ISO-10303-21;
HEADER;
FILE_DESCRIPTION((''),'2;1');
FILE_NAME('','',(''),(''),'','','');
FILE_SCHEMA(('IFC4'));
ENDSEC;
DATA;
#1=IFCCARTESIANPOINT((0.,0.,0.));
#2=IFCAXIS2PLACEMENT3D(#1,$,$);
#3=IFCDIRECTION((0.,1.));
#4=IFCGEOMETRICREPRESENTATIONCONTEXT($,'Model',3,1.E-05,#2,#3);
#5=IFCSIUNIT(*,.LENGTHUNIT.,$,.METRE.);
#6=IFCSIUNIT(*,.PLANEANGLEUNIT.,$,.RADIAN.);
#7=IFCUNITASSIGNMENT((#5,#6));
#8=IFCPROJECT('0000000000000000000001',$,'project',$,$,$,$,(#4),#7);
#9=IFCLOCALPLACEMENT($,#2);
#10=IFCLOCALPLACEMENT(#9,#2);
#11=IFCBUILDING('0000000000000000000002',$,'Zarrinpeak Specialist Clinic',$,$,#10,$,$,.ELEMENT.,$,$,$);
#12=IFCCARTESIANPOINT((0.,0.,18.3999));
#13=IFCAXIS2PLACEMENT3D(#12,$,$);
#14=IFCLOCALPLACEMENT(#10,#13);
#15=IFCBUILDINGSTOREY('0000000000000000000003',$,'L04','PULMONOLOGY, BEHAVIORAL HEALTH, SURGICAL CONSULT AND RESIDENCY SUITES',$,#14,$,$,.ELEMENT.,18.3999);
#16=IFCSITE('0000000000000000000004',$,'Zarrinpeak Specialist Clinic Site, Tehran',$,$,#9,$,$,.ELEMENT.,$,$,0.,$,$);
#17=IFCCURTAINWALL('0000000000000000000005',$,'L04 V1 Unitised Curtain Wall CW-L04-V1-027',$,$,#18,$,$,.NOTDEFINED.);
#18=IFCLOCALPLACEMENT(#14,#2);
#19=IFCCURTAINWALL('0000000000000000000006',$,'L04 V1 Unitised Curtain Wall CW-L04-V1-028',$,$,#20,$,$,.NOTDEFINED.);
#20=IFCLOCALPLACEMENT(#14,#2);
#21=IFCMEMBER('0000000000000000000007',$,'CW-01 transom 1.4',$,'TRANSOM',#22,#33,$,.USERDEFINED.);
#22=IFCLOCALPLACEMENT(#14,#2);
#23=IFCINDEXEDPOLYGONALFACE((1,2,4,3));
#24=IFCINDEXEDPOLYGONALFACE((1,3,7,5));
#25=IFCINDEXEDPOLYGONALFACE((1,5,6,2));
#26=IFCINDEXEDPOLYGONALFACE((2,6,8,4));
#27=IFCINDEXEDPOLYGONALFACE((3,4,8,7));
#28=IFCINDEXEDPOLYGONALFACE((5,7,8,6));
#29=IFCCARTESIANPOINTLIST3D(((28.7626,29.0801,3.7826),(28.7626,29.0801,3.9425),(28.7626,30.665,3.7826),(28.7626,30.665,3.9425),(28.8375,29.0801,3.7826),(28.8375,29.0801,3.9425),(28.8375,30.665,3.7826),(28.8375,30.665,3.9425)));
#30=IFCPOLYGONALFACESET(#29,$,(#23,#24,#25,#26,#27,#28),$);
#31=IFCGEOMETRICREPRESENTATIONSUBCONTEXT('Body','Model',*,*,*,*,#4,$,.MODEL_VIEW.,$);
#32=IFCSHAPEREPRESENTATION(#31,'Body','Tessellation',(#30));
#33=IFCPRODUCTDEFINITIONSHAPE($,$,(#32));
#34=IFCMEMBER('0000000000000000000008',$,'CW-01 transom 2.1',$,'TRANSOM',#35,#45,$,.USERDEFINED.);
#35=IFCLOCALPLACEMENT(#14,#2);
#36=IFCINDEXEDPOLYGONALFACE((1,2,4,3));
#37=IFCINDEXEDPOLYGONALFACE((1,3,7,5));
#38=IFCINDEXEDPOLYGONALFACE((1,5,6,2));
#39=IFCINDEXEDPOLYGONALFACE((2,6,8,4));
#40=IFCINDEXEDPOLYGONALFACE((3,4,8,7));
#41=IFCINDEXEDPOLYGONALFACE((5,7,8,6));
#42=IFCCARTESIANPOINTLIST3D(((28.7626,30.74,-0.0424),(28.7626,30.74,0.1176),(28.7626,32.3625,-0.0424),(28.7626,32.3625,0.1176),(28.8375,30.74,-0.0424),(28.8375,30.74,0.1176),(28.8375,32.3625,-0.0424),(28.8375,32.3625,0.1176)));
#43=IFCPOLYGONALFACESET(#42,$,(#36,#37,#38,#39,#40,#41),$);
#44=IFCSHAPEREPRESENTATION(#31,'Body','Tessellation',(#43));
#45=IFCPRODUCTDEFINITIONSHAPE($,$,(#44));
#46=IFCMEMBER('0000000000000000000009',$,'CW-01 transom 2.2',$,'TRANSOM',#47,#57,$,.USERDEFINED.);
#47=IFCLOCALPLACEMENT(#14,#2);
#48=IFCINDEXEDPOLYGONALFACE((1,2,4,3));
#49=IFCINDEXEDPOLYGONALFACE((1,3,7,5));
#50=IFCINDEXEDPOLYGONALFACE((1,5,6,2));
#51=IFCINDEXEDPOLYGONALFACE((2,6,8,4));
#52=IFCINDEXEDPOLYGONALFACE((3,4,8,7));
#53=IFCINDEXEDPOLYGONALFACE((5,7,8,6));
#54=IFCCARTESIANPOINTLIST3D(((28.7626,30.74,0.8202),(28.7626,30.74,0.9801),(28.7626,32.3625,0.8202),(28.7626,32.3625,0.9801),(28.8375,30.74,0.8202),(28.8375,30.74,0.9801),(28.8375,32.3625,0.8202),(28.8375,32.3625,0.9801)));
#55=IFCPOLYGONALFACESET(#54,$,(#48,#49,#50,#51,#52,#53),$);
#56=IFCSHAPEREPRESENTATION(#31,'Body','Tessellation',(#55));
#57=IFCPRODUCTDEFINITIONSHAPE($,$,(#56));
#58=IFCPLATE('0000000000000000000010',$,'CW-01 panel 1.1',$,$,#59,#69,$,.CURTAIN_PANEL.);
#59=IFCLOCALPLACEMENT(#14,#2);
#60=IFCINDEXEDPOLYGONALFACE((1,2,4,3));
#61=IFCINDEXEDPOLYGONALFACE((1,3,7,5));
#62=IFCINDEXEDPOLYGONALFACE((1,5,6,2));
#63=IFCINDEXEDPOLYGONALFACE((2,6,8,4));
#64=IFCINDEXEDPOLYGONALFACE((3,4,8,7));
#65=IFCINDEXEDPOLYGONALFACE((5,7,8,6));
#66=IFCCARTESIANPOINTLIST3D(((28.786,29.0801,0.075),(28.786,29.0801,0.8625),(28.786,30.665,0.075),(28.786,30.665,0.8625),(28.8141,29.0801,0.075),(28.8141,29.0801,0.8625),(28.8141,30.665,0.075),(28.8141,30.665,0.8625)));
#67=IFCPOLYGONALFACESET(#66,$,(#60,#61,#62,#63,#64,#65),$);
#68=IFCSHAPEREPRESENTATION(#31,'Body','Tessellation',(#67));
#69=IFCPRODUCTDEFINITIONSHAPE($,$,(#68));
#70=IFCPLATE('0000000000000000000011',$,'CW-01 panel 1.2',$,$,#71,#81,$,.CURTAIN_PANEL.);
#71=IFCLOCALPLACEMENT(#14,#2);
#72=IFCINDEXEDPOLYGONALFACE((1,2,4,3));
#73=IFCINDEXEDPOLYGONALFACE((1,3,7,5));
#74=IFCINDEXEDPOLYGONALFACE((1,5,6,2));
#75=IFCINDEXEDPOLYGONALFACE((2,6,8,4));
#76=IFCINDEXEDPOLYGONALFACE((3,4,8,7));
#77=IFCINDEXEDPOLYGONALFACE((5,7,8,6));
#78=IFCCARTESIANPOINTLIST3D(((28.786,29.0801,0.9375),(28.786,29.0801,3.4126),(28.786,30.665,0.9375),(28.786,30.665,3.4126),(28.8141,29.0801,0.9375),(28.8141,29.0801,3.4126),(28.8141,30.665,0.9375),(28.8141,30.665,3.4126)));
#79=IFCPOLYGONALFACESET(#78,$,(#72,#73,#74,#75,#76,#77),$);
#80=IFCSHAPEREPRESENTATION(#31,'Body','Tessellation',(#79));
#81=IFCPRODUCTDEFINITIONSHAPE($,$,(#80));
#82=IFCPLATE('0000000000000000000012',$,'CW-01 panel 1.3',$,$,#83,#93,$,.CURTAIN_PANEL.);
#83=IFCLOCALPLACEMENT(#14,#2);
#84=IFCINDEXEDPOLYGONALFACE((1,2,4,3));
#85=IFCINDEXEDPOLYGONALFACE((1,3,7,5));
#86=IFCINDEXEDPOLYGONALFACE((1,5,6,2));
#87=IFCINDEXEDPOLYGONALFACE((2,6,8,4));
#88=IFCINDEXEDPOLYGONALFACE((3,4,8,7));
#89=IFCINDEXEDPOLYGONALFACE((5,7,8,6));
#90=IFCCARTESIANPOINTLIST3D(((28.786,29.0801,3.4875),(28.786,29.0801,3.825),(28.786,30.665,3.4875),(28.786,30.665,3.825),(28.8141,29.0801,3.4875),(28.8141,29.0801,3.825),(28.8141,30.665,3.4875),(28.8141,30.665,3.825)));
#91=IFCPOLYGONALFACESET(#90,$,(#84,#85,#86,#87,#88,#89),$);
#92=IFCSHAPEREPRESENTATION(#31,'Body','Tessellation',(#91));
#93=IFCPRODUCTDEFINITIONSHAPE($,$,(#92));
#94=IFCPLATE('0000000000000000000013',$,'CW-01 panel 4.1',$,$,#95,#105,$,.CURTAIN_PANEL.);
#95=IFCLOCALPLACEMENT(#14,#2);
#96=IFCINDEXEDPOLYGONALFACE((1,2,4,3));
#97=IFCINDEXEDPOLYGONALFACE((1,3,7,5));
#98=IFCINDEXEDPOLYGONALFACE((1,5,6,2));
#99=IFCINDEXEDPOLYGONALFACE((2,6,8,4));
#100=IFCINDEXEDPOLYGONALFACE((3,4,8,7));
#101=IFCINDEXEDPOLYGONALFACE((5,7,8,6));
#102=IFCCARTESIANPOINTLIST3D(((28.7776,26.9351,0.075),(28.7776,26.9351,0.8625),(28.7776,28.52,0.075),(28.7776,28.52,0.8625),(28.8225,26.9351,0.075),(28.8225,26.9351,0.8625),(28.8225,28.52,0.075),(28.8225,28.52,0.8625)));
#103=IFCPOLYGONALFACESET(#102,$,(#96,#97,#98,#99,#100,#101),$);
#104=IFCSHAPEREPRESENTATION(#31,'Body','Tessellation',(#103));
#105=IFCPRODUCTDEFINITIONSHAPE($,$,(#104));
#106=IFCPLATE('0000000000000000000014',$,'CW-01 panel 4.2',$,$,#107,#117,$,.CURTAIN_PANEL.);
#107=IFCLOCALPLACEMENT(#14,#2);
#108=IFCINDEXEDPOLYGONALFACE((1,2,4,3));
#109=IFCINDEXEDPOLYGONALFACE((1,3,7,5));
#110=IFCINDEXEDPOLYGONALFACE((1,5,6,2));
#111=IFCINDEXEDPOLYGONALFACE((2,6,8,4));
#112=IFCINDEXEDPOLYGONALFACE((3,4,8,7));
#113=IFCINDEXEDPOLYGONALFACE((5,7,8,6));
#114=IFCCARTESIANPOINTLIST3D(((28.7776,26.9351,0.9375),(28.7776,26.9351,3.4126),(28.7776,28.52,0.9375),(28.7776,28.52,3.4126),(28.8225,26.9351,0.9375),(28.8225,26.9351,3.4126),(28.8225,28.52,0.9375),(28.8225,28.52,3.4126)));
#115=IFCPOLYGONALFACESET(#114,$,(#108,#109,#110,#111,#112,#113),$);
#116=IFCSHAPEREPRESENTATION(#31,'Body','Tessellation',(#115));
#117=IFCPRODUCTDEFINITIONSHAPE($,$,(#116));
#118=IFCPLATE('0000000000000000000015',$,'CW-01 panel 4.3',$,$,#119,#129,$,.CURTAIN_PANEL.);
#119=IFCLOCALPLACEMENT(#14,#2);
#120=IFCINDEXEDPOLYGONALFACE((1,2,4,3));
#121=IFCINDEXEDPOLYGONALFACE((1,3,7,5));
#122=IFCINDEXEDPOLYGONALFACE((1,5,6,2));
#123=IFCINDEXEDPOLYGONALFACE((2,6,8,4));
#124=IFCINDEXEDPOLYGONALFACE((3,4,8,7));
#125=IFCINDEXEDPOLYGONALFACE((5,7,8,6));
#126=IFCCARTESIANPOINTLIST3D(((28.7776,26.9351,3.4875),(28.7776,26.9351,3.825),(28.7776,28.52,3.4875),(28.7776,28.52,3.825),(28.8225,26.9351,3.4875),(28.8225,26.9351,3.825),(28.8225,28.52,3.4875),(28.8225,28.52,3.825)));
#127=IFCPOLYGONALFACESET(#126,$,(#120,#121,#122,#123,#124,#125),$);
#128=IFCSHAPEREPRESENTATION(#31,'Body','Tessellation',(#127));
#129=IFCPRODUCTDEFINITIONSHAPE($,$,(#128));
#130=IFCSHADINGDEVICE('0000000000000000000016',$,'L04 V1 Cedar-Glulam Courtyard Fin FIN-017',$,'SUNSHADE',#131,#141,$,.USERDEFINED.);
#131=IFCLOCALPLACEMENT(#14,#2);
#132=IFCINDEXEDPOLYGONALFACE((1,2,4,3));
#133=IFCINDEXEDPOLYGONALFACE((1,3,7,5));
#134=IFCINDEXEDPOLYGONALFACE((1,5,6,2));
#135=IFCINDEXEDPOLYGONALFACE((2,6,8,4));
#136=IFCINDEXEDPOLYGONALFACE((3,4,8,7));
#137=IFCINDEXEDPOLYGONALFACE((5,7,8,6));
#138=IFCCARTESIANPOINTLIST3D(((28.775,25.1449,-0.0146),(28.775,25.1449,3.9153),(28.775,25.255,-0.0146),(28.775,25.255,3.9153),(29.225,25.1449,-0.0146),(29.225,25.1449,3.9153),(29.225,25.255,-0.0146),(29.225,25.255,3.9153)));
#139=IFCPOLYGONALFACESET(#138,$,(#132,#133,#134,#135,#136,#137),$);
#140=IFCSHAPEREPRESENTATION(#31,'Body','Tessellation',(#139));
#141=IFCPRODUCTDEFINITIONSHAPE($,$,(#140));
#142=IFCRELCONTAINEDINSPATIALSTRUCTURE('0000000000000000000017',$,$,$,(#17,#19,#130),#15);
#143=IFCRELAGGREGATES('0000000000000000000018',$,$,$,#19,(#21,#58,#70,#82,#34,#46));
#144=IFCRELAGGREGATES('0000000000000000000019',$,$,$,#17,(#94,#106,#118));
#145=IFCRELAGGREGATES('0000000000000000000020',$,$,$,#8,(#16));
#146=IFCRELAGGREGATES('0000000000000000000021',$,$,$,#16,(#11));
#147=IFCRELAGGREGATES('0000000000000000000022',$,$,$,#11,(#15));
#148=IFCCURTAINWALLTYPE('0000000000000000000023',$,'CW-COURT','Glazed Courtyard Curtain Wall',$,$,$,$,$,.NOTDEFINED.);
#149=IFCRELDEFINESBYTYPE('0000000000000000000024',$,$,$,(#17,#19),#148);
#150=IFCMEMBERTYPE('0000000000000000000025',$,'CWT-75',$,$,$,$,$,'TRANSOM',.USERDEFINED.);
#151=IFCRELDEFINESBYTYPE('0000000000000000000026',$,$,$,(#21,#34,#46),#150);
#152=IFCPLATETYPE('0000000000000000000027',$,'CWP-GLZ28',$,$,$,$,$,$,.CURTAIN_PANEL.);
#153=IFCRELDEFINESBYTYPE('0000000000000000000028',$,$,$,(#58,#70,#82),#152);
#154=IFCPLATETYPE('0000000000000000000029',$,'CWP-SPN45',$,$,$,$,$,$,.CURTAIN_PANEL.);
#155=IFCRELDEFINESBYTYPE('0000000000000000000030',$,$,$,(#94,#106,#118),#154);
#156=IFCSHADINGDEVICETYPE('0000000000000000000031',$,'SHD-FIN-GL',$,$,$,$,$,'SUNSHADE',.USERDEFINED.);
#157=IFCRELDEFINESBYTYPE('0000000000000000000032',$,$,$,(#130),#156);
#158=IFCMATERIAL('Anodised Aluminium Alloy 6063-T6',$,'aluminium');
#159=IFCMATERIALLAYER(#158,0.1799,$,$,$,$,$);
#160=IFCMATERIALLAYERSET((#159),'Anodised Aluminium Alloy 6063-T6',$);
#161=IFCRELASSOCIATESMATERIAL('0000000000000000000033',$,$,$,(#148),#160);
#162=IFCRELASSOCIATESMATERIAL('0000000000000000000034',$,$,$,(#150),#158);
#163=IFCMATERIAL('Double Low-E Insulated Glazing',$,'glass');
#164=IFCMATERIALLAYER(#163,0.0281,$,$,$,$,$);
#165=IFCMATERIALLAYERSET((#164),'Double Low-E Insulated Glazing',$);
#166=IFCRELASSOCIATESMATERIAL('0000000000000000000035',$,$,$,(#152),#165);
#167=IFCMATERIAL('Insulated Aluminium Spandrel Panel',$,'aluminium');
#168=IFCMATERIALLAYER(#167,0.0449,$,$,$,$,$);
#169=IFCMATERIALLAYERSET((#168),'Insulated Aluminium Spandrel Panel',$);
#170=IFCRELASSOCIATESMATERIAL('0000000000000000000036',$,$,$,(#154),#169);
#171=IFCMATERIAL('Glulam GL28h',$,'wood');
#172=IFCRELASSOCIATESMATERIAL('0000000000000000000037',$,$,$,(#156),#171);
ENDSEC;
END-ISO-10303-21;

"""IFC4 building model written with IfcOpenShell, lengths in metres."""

from ifc_helpers import new_model, si_unit, direction, frame, origin, origin_2d, place, context, subcontext, project, spatial, rectangle, extrude, material, layer, layer_set, material_profile, profile_set, type_object, element, aggregate, save


model = new_model("IFC4")

# Units and contexts
model_context = context("Model", 3, precision=1e-05, world=origin(), true_north=direction((0.0, 1.0)))
body_context = subcontext(model_context, "Body", "Model", "MODEL_VIEW")
ifc_project = project(units=[si_unit("LENGTHUNIT", "METRE"), si_unit("PLANEANGLEUNIT", "RADIAN")], contexts=[model_context])

# Site, building, storey
site_placement = place(None, origin())
site = spatial("IfcSite", under=ifc_project, at=site_placement, Name="Zarrinpeak Specialist Clinic Site, Tehran", CompositionType="ELEMENT", RefElevation=0.0)
building_placement = place(site_placement, origin())
building = spatial("IfcBuilding", under=site, at=building_placement, Name="Zarrinpeak Specialist Clinic", CompositionType="ELEMENT")
storey_placement = place(building_placement, frame((0.0, 0.0, 18.3999)))
storey = spatial("IfcBuildingStorey", under=building, at=storey_placement, Name="L04", Description="PULMONOLOGY, BEHAVIORAL HEALTH, SURGICAL CONSULT AND RESIDENCY SUITES", CompositionType="ELEMENT", Elevation=18.3999)

# Curtain wall
ifc_material_1 = material(Name="Anodised Aluminium Alloy 6063-T6", Category="aluminium")
ifc_layer_1 = layer(ifc_material_1, 0.1799)
ifc_layer_set_1 = layer_set([ifc_layer_1], Name="Anodised Aluminium Alloy 6063-T6")
curtain_wall_type = type_object("IfcCurtainWallType", Name="CW-COURT", Description="Glazed Courtyard Curtain Wall", PredefinedType="NOTDEFINED", material=ifc_layer_set_1)
curtain_wall_1_placement = place(storey_placement, origin())
curtain_wall_1 = element("IfcCurtainWall", 1, at=curtain_wall_1_placement, inside=storey, type_object=curtain_wall_type, Name="L04 V1 Unitised Curtain Wall CW-L04-V1-027", PredefinedType="NOTDEFINED")

# Curtain wall
curtain_wall_2_placement = place(storey_placement, origin())
curtain_wall_2 = element("IfcCurtainWall", 2, at=curtain_wall_2_placement, inside=storey, type_object=curtain_wall_type, Name="L04 V1 Unitised Curtain Wall CW-L04-V1-028", PredefinedType="NOTDEFINED")

# Members
ifc_material_profile_1 = material_profile(ifc_material_1, rectangle(XDim=0.075, YDim=0.1599, at=origin_2d()), Name="ALU 75x160")
ifc_profile_set_1 = profile_set([ifc_material_profile_1], Name="Anodised Aluminium Alloy 6063-T6")
member_type_1 = type_object("IfcMemberType", Name="CWT-75", ElementType="TRANSOM", PredefinedType="USERDEFINED", material=ifc_profile_set_1)
member_1_placement = place(storey_placement, frame((28.8, 29.0801, 3.8625), z_axis=(0.0, 1.0, 0.0), x_axis=(-1.0, 0.0, 0.0)))
member_1 = element("IfcMember", 3, at=member_1_placement, type_object=member_type_1, Name="CW-01 transom 1.4", ObjectType="TRANSOM", PredefinedType="USERDEFINED", context=body_context, shape_type="SweptSolid", body=[
    extrude(rectangle(XDim=0.075, YDim=0.1599, at=origin_2d()), origin(), (0.0, 0.0, 1.0), 1.585),
])
member_2_placement = place(storey_placement, frame((28.8, 30.74, 0.0376), z_axis=(0.0, 1.0, 0.0), x_axis=(-1.0, 0.0, 0.0)))
member_2 = element("IfcMember", 4, at=member_2_placement, type_object=member_type_1, Name="CW-01 transom 2.1", ObjectType="TRANSOM", PredefinedType="USERDEFINED", context=body_context, shape_type="SweptSolid", body=[
    extrude(rectangle(XDim=0.075, YDim=0.1599, at=origin_2d()), origin(), (0.0, 0.0, 1.0), 1.6226),
])
member_3_placement = place(storey_placement, frame((28.8, 30.74, 0.9001), z_axis=(0.0, 1.0, 0.0), x_axis=(-1.0, 0.0, 0.0)))
member_3 = element("IfcMember", 5, at=member_3_placement, type_object=member_type_1, Name="CW-01 transom 2.2", ObjectType="TRANSOM", PredefinedType="USERDEFINED", context=body_context, shape_type="SweptSolid", body=[
    extrude(rectangle(XDim=0.075, YDim=0.1599, at=origin_2d()), origin(), (0.0, 0.0, 1.0), 1.6226),
])

# Plates
ifc_material_2 = material(Name="Double Low-E Insulated Glazing", Category="glass")
ifc_layer_2 = layer(ifc_material_2, 0.0281)
ifc_layer_set_2 = layer_set([ifc_layer_2], Name="Double Low-E Insulated Glazing")
plate_type_1 = type_object("IfcPlateType", Name="CWP-GLZ28", PredefinedType="CURTAIN_PANEL", material=ifc_layer_set_2)
plate_1_placement = place(storey_placement, frame((28.8, 29.8726, 0.075), z_axis=(0.0, 0.0, 1.0), x_axis=(0.0, 1.0, 0.0)))
plate_1 = element("IfcPlate", 6, at=plate_1_placement, type_object=plate_type_1, Name="CW-01 panel 1.1", PredefinedType="CURTAIN_PANEL", context=body_context, shape_type="SweptSolid", body=[
    extrude(rectangle(XDim=1.585, YDim=0.0281, at=origin_2d()), origin(), (0.0, 0.0, 1.0), 0.7876),
])
plate_2_placement = place(storey_placement, frame((28.8, 29.8726, 0.9375), z_axis=(0.0, 0.0, 1.0), x_axis=(0.0, 1.0, 0.0)))
plate_2 = element("IfcPlate", 7, at=plate_2_placement, type_object=plate_type_1, Name="CW-01 panel 1.2", PredefinedType="CURTAIN_PANEL", context=body_context, shape_type="SweptSolid", body=[
    extrude(rectangle(XDim=1.585, YDim=0.0281, at=origin_2d()), origin(), (0.0, 0.0, 1.0), 2.4751),
])
plate_3_placement = place(storey_placement, frame((28.8, 29.8726, 3.4875), z_axis=(0.0, 0.0, 1.0), x_axis=(0.0, 1.0, 0.0)))
plate_3 = element("IfcPlate", 8, at=plate_3_placement, type_object=plate_type_1, Name="CW-01 panel 1.3", PredefinedType="CURTAIN_PANEL", context=body_context, shape_type="SweptSolid", body=[
    extrude(rectangle(XDim=1.585, YDim=0.0281, at=origin_2d()), origin(), (0.0, 0.0, 1.0), 0.3374),
])
aggregate(curtain_wall_2, [member_1, plate_1, plate_2, plate_3, member_2, member_3])
ifc_material_3 = material(Name="Insulated Aluminium Spandrel Panel", Category="aluminium")
ifc_layer_3 = layer(ifc_material_3, 0.0449)
ifc_layer_set_3 = layer_set([ifc_layer_3], Name="Insulated Aluminium Spandrel Panel")
plate_type_2 = type_object("IfcPlateType", Name="CWP-SPN45", PredefinedType="CURTAIN_PANEL", material=ifc_layer_set_3)
plate_4_placement = place(storey_placement, frame((28.8, 27.7275, 0.075), z_axis=(0.0, 0.0, 1.0), x_axis=(0.0, 1.0, 0.0)))
plate_4 = element("IfcPlate", 9, at=plate_4_placement, type_object=plate_type_2, Name="CW-01 panel 4.1", PredefinedType="CURTAIN_PANEL", context=body_context, shape_type="SweptSolid", body=[
    extrude(rectangle(XDim=1.585, YDim=0.0449, at=origin_2d()), origin(), (0.0, 0.0, 1.0), 0.7876),
])
plate_5_placement = place(storey_placement, frame((28.8, 27.7275, 0.9375), z_axis=(0.0, 0.0, 1.0), x_axis=(0.0, 1.0, 0.0)))
plate_5 = element("IfcPlate", 10, at=plate_5_placement, type_object=plate_type_2, Name="CW-01 panel 4.2", PredefinedType="CURTAIN_PANEL", context=body_context, shape_type="SweptSolid", body=[
    extrude(rectangle(XDim=1.585, YDim=0.0449, at=origin_2d()), origin(), (0.0, 0.0, 1.0), 2.4751),
])
plate_6_placement = place(storey_placement, frame((28.8, 27.7275, 3.4875), z_axis=(0.0, 0.0, 1.0), x_axis=(0.0, 1.0, 0.0)))
plate_6 = element("IfcPlate", 11, at=plate_6_placement, type_object=plate_type_2, Name="CW-01 panel 4.3", PredefinedType="CURTAIN_PANEL", context=body_context, shape_type="SweptSolid", body=[
    extrude(rectangle(XDim=1.585, YDim=0.0449, at=origin_2d()), origin(), (0.0, 0.0, 1.0), 0.3374),
])
aggregate(curtain_wall_1, [plate_4, plate_5, plate_6])

# Shading device
ifc_material_4 = material(Name="Glulam GL28h", Category="wood")
shading_device_type = type_object("IfcShadingDeviceType", Name="SHD-FIN-GL", ElementType="SUNSHADE", PredefinedType="USERDEFINED", material=ifc_material_4)
shading_device_placement = place(storey_placement, frame((29.0, 25.2, -0.0146), z_axis=(0.0, 0.0, 1.0), x_axis=(1.0, 0.0, 0.0)))
element("IfcShadingDevice", 12, at=shading_device_placement, inside=storey, type_object=shading_device_type, Name="L04 V1 Cedar-Glulam Courtyard Fin FIN-017", ObjectType="SUNSHADE", PredefinedType="USERDEFINED", context=body_context, shape_type="SweptSolid", body=[
    extrude(rectangle(XDim=0.45, YDim=0.1101, at=origin_2d()), origin(), (0.0, 0.0, 1.0), 3.9299),
])

save(model, "model.ifc")
